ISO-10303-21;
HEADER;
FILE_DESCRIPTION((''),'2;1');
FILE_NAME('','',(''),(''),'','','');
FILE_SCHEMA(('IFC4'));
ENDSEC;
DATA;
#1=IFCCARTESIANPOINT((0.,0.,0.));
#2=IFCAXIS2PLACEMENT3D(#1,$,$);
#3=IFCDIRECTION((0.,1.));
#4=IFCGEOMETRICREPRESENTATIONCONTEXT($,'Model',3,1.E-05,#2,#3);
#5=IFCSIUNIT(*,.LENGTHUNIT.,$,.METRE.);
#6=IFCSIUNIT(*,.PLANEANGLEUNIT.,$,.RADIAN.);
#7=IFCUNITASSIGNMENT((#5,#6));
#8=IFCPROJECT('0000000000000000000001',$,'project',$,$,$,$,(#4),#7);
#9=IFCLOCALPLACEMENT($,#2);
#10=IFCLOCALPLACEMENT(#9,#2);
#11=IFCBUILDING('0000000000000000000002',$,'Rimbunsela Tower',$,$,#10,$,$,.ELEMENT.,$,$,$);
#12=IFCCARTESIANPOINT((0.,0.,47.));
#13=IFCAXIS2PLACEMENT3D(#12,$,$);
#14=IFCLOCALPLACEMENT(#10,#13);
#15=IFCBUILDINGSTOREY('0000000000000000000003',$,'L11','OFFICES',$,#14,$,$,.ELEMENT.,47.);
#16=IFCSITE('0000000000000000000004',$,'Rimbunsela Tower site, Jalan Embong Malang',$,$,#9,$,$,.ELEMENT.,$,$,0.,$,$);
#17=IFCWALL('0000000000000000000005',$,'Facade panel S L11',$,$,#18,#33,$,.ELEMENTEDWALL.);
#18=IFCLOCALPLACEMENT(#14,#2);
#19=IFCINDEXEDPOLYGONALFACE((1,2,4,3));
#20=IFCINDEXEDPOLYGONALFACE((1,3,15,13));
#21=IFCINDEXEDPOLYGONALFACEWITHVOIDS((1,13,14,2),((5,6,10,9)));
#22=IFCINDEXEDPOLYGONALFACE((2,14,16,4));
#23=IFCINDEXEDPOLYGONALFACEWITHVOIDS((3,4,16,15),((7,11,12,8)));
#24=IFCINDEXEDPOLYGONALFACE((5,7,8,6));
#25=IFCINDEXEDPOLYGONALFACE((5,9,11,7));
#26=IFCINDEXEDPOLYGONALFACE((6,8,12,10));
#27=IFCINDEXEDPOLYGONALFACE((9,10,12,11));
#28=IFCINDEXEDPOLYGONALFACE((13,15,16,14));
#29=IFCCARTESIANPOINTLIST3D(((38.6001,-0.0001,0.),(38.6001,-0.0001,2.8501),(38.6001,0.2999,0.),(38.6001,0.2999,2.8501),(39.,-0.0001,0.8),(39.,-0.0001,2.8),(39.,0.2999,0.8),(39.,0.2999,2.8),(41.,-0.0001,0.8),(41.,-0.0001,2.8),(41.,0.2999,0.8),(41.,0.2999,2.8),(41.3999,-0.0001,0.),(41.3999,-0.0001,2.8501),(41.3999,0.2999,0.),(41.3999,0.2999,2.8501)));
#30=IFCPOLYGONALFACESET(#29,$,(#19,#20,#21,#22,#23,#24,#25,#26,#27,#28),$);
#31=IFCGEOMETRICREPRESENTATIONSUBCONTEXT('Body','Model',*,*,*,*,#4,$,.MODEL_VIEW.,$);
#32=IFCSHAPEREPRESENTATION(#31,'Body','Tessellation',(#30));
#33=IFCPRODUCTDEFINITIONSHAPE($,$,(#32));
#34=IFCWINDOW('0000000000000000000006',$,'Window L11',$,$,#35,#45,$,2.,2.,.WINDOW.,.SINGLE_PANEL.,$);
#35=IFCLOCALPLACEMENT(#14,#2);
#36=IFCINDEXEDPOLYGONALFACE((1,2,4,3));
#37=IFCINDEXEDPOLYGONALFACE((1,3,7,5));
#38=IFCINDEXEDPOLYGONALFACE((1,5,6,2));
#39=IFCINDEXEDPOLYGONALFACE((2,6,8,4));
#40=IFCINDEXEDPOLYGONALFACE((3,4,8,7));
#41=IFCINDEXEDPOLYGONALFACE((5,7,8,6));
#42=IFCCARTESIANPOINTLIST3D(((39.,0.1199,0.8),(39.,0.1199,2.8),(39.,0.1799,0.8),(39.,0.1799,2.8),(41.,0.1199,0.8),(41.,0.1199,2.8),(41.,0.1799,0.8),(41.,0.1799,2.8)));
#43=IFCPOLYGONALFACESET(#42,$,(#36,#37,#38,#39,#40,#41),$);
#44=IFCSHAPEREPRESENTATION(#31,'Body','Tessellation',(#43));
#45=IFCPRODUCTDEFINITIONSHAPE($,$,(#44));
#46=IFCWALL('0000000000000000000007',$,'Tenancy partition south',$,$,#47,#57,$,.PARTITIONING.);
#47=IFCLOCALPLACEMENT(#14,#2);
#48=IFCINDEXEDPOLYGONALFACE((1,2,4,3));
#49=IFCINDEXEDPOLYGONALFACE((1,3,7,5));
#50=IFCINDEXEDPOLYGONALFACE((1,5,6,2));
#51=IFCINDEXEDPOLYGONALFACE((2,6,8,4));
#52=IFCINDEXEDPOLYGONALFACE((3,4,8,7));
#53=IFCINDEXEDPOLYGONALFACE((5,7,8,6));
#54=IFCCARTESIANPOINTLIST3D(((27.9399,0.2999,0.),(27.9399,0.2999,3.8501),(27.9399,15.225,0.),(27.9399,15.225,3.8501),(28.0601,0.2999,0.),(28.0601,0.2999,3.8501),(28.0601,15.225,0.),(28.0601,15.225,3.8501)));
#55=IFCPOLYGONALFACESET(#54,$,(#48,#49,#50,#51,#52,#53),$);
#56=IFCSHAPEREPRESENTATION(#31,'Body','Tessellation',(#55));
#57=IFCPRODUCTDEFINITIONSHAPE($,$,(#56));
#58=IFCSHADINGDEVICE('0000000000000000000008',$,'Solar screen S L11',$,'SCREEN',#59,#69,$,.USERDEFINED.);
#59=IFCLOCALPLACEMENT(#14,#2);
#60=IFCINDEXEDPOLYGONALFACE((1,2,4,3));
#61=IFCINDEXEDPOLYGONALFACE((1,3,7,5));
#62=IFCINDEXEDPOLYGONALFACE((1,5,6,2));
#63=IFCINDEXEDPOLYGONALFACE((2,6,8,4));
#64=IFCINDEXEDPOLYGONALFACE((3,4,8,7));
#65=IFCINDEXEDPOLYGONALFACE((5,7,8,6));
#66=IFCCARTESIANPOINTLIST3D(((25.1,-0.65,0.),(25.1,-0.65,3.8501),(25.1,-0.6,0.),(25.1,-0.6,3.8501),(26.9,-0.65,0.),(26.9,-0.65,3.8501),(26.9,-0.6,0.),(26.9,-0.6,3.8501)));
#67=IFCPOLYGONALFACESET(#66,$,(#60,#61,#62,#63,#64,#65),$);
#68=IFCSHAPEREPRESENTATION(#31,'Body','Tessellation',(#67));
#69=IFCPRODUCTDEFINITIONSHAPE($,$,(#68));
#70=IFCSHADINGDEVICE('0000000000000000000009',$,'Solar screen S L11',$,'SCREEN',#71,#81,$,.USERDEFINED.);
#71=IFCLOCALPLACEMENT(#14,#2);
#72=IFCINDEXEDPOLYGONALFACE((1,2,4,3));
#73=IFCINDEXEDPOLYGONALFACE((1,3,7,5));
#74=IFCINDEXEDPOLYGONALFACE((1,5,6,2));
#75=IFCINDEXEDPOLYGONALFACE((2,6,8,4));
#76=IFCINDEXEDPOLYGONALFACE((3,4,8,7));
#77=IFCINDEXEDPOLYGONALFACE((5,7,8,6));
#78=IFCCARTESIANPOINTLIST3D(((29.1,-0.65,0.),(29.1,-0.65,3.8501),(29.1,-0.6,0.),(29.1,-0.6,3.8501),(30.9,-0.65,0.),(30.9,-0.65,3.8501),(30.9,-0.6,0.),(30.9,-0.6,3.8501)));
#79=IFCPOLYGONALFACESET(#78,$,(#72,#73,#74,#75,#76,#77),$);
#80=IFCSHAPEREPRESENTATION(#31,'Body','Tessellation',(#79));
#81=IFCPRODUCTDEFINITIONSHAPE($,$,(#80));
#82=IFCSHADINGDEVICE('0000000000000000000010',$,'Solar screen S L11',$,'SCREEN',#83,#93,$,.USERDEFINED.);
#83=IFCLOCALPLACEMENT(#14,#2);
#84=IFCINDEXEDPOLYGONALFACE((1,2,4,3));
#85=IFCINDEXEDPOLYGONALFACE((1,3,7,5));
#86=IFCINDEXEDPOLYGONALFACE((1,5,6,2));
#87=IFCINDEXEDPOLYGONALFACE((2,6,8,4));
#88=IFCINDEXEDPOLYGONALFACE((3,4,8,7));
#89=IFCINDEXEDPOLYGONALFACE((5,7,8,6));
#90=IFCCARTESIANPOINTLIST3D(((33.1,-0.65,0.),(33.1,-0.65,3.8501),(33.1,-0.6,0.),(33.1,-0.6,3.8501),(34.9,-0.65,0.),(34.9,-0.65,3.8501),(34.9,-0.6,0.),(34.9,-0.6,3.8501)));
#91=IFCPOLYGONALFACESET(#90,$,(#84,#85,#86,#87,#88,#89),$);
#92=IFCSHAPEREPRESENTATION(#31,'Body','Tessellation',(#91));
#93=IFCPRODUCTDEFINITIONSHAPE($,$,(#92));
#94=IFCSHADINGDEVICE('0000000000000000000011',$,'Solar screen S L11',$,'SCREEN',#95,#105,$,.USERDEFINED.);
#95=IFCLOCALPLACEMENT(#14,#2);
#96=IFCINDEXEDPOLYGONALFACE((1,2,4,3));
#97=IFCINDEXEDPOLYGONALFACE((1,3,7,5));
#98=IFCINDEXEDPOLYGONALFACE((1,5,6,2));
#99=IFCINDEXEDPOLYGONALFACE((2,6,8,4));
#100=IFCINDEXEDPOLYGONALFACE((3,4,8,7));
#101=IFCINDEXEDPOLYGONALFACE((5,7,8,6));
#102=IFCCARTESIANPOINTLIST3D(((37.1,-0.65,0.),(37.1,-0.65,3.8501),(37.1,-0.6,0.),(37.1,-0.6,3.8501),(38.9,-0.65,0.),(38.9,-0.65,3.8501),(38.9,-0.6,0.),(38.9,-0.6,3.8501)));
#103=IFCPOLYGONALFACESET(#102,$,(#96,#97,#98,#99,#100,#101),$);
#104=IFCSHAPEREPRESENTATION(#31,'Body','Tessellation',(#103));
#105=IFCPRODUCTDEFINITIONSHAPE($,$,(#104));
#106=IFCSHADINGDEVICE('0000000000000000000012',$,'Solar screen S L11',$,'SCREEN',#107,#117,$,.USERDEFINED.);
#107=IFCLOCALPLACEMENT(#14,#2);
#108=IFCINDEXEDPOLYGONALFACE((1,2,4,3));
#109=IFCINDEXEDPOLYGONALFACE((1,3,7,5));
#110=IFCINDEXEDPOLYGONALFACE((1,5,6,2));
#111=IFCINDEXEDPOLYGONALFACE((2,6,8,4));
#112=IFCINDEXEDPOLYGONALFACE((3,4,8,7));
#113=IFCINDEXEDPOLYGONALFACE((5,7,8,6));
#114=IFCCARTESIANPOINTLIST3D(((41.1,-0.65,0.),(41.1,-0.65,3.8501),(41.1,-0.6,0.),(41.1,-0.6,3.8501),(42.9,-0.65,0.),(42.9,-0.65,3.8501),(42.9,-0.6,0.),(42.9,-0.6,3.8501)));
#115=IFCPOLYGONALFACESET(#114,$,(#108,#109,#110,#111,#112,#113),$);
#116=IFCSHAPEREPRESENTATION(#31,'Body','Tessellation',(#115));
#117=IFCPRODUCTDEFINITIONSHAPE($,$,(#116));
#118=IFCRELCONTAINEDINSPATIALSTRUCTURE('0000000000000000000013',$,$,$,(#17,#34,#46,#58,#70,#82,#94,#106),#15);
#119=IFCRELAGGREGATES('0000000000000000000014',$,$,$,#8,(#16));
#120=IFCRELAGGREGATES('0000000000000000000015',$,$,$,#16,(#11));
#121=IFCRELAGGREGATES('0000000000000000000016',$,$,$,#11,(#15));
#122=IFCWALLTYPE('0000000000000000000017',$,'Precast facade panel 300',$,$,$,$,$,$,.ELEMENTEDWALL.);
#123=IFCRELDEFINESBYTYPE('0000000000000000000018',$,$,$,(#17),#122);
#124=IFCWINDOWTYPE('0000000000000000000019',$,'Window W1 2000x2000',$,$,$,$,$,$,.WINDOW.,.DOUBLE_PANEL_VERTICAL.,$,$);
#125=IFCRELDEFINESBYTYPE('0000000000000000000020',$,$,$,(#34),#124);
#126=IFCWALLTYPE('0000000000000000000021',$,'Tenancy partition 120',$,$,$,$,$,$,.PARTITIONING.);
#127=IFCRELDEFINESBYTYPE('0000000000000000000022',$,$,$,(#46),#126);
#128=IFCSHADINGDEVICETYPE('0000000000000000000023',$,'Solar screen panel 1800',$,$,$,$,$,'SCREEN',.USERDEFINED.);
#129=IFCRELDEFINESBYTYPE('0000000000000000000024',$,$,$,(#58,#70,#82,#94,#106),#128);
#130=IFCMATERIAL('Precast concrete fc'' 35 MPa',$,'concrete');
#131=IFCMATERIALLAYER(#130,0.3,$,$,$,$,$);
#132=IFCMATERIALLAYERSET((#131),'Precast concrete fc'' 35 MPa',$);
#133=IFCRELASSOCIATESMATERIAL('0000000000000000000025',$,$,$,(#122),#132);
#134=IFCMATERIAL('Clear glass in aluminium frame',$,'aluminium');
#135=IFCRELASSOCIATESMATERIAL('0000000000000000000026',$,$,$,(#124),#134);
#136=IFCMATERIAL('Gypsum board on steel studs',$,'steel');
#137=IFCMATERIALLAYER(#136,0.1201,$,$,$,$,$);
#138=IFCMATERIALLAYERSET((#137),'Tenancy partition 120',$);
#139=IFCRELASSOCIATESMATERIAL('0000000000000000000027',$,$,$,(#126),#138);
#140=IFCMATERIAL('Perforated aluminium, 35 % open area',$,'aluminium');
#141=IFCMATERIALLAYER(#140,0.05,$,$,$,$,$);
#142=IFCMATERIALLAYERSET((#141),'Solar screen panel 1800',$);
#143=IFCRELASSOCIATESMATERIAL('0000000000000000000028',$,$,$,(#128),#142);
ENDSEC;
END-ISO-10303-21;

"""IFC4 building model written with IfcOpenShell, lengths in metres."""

from ifc_helpers import new_model, si_unit, direction, frame, frame_2d, origin, origin_2d, place, context, subcontext, project, spatial, rectangle, extrude, material, layer, layer_set, type_object, element, fill, save


model = new_model("IFC4")

# Units and contexts
model_context = context("Model", 3, precision=1e-05, world=origin(), true_north=direction((0.0, 1.0)))
body_context = subcontext(model_context, "Body", "Model", "MODEL_VIEW")
ifc_project = project(units=[si_unit("LENGTHUNIT", "METRE"), si_unit("PLANEANGLEUNIT", "RADIAN")], contexts=[model_context])

# Site, building, storey
site_placement = place(None, origin())
site = spatial("IfcSite", under=ifc_project, at=site_placement, Name="Rimbunsela Tower site, Jalan Embong Malang", CompositionType="ELEMENT", RefElevation=0.0)
building_placement = place(site_placement, origin())
building = spatial("IfcBuilding", under=site, at=building_placement, Name="Rimbunsela Tower", CompositionType="ELEMENT")
storey_placement = place(building_placement, frame((0.0, 0.0, 47.0)))
storey = spatial("IfcBuildingStorey", under=building, at=storey_placement, Name="L11", Description="OFFICES", CompositionType="ELEMENT", Elevation=47.0)

# Shared definitions
ifc_material_1 = material(Name="Precast concrete fc' 35 MPa", Category="concrete")
ifc_layer_1 = layer(ifc_material_1, 0.3)
ifc_layer_set_1 = layer_set([ifc_layer_1], Name="Precast concrete fc' 35 MPa")
wall_type_1 = type_object("IfcWallType", Name="Precast facade panel 300", PredefinedType="ELEMENTEDWALL", material=ifc_layer_set_1)

# Wall, opening, window
ifc_material_2 = material(Name="Clear glass in aluminium frame", Category="aluminium")
window_type_1 = type_object("IfcWindowType", Name="Window W1 2000x2000", PartitioningType="DOUBLE_PANEL_VERTICAL", PredefinedType="WINDOW", material=ifc_material_2)
wall_1_placement = place(storey_placement, frame((38.6001, 0.1499, 0.0), z_axis=(0.0, 0.0, 1.0), x_axis=(1.0, 0.0, 0.0)))
wall_1 = element("IfcWall", 1, at=wall_1_placement, inside=storey, type_object=wall_type_1, Name="Facade panel S L11", PredefinedType="ELEMENTEDWALL", context=body_context, shape_type="SweptSolid", body=[
    extrude(rectangle(XDim=2.7998, YDim=0.3, at=frame_2d((1.3999, 0.0))), origin(), (0.0, 0.0, 1.0), 2.8501),
])
opening_1_placement = place(wall_1_placement, frame((0.3999, 0.0, 0.8)))
opening_1 = element("IfcOpeningElement", 2, at=opening_1_placement, cuts=wall_1, PredefinedType="OPENING", context=body_context, shape_type="SweptSolid", body=[
    extrude(rectangle(XDim=2.0, YDim=2.0, at=frame_2d((1.0, 1.0))), frame((0.0, 0.1599, 0.0), z_axis=(0.0, -1.0, 0.0), x_axis=(1.0, 0.0, 0.0)), (0.0, 0.0, 1.0), 0.3201),
])
window_1_placement = place(opening_1_placement, origin())
window_1 = element("IfcWindow", 3, at=window_1_placement, inside=storey, type_object=window_type_1, Name="Window L11", OverallHeight=2.0, OverallWidth=2.0, PartitioningType="SINGLE_PANEL", PredefinedType="WINDOW", context=body_context, shape_type="SweptSolid", body=[
    extrude(rectangle(XDim=2.0, YDim=2.0, at=frame_2d((1.0, 1.0))), frame((0.0, 0.03, 0.0), z_axis=(0.0, -1.0, 0.0), x_axis=(1.0, 0.0, 0.0)), (0.0, 0.0, 1.0), 0.0601),
])
fill(opening_1, window_1)

# Wall
ifc_material_3 = material(Name="Gypsum board on steel studs", Category="steel")
ifc_layer_2 = layer(ifc_material_3, 0.1201)
ifc_layer_set_2 = layer_set([ifc_layer_2], Name="Tenancy partition 120")
wall_type_2 = type_object("IfcWallType", Name="Tenancy partition 120", PredefinedType="PARTITIONING", material=ifc_layer_set_2)
wall_2_placement = place(storey_placement, frame((28.0, 0.3, 0.0), z_axis=(0.0, 0.0, 1.0), x_axis=(0.0, 1.0, 0.0)))
element("IfcWall", 4, at=wall_2_placement, inside=storey, type_object=wall_type_2, Name="Tenancy partition south", PredefinedType="PARTITIONING", context=body_context, shape_type="SweptSolid", body=[
    extrude(rectangle(XDim=14.925, YDim=0.1201, at=frame_2d((7.4624, 0.0))), origin(), (0.0, 0.0, 1.0), 3.8501),
])

# Shading devices
ifc_material_4 = material(Name="Perforated aluminium, 35 % open area", Category="aluminium")
ifc_layer_3 = layer(ifc_material_4, 0.05)
ifc_layer_set_3 = layer_set([ifc_layer_3], Name="Solar screen panel 1800")
shading_device_type = type_object("IfcShadingDeviceType", Name="Solar screen panel 1800", ElementType="SCREEN", PredefinedType="USERDEFINED", material=ifc_layer_set_3)
for number, where, z_axis, x_axis, name in (
    (5, (26.0, -0.625, 0.0), (0.0, 0.0, 1.0), (1.0, 0.0, 0.0), "Solar screen S L11"),
    (6, (30.0, -0.625, 0.0), (0.0, 0.0, 1.0), (1.0, 0.0, 0.0), "Solar screen S L11"),
    (7, (34.0, -0.625, 0.0), (0.0, 0.0, 1.0), (1.0, 0.0, 0.0), "Solar screen S L11"),
    (8, (38.0, -0.625, 0.0), (0.0, 0.0, 1.0), (1.0, 0.0, 0.0), "Solar screen S L11"),
    (9, (42.0, -0.625, 0.0), (0.0, 0.0, 1.0), (1.0, 0.0, 0.0), "Solar screen S L11"),
):
    element("IfcShadingDevice", number, at=place(storey_placement, frame(where, z_axis=z_axis, x_axis=x_axis)), inside=storey, type_object=shading_device_type, Name=name, ObjectType="SCREEN", PredefinedType="USERDEFINED", context=body_context, shape_type="SweptSolid", body=[
        extrude(rectangle(XDim=1.8, YDim=0.05, at=origin_2d()), origin(), (0.0, 0.0, 1.0), 3.8501),
    ])

save(model, "model.ifc")
